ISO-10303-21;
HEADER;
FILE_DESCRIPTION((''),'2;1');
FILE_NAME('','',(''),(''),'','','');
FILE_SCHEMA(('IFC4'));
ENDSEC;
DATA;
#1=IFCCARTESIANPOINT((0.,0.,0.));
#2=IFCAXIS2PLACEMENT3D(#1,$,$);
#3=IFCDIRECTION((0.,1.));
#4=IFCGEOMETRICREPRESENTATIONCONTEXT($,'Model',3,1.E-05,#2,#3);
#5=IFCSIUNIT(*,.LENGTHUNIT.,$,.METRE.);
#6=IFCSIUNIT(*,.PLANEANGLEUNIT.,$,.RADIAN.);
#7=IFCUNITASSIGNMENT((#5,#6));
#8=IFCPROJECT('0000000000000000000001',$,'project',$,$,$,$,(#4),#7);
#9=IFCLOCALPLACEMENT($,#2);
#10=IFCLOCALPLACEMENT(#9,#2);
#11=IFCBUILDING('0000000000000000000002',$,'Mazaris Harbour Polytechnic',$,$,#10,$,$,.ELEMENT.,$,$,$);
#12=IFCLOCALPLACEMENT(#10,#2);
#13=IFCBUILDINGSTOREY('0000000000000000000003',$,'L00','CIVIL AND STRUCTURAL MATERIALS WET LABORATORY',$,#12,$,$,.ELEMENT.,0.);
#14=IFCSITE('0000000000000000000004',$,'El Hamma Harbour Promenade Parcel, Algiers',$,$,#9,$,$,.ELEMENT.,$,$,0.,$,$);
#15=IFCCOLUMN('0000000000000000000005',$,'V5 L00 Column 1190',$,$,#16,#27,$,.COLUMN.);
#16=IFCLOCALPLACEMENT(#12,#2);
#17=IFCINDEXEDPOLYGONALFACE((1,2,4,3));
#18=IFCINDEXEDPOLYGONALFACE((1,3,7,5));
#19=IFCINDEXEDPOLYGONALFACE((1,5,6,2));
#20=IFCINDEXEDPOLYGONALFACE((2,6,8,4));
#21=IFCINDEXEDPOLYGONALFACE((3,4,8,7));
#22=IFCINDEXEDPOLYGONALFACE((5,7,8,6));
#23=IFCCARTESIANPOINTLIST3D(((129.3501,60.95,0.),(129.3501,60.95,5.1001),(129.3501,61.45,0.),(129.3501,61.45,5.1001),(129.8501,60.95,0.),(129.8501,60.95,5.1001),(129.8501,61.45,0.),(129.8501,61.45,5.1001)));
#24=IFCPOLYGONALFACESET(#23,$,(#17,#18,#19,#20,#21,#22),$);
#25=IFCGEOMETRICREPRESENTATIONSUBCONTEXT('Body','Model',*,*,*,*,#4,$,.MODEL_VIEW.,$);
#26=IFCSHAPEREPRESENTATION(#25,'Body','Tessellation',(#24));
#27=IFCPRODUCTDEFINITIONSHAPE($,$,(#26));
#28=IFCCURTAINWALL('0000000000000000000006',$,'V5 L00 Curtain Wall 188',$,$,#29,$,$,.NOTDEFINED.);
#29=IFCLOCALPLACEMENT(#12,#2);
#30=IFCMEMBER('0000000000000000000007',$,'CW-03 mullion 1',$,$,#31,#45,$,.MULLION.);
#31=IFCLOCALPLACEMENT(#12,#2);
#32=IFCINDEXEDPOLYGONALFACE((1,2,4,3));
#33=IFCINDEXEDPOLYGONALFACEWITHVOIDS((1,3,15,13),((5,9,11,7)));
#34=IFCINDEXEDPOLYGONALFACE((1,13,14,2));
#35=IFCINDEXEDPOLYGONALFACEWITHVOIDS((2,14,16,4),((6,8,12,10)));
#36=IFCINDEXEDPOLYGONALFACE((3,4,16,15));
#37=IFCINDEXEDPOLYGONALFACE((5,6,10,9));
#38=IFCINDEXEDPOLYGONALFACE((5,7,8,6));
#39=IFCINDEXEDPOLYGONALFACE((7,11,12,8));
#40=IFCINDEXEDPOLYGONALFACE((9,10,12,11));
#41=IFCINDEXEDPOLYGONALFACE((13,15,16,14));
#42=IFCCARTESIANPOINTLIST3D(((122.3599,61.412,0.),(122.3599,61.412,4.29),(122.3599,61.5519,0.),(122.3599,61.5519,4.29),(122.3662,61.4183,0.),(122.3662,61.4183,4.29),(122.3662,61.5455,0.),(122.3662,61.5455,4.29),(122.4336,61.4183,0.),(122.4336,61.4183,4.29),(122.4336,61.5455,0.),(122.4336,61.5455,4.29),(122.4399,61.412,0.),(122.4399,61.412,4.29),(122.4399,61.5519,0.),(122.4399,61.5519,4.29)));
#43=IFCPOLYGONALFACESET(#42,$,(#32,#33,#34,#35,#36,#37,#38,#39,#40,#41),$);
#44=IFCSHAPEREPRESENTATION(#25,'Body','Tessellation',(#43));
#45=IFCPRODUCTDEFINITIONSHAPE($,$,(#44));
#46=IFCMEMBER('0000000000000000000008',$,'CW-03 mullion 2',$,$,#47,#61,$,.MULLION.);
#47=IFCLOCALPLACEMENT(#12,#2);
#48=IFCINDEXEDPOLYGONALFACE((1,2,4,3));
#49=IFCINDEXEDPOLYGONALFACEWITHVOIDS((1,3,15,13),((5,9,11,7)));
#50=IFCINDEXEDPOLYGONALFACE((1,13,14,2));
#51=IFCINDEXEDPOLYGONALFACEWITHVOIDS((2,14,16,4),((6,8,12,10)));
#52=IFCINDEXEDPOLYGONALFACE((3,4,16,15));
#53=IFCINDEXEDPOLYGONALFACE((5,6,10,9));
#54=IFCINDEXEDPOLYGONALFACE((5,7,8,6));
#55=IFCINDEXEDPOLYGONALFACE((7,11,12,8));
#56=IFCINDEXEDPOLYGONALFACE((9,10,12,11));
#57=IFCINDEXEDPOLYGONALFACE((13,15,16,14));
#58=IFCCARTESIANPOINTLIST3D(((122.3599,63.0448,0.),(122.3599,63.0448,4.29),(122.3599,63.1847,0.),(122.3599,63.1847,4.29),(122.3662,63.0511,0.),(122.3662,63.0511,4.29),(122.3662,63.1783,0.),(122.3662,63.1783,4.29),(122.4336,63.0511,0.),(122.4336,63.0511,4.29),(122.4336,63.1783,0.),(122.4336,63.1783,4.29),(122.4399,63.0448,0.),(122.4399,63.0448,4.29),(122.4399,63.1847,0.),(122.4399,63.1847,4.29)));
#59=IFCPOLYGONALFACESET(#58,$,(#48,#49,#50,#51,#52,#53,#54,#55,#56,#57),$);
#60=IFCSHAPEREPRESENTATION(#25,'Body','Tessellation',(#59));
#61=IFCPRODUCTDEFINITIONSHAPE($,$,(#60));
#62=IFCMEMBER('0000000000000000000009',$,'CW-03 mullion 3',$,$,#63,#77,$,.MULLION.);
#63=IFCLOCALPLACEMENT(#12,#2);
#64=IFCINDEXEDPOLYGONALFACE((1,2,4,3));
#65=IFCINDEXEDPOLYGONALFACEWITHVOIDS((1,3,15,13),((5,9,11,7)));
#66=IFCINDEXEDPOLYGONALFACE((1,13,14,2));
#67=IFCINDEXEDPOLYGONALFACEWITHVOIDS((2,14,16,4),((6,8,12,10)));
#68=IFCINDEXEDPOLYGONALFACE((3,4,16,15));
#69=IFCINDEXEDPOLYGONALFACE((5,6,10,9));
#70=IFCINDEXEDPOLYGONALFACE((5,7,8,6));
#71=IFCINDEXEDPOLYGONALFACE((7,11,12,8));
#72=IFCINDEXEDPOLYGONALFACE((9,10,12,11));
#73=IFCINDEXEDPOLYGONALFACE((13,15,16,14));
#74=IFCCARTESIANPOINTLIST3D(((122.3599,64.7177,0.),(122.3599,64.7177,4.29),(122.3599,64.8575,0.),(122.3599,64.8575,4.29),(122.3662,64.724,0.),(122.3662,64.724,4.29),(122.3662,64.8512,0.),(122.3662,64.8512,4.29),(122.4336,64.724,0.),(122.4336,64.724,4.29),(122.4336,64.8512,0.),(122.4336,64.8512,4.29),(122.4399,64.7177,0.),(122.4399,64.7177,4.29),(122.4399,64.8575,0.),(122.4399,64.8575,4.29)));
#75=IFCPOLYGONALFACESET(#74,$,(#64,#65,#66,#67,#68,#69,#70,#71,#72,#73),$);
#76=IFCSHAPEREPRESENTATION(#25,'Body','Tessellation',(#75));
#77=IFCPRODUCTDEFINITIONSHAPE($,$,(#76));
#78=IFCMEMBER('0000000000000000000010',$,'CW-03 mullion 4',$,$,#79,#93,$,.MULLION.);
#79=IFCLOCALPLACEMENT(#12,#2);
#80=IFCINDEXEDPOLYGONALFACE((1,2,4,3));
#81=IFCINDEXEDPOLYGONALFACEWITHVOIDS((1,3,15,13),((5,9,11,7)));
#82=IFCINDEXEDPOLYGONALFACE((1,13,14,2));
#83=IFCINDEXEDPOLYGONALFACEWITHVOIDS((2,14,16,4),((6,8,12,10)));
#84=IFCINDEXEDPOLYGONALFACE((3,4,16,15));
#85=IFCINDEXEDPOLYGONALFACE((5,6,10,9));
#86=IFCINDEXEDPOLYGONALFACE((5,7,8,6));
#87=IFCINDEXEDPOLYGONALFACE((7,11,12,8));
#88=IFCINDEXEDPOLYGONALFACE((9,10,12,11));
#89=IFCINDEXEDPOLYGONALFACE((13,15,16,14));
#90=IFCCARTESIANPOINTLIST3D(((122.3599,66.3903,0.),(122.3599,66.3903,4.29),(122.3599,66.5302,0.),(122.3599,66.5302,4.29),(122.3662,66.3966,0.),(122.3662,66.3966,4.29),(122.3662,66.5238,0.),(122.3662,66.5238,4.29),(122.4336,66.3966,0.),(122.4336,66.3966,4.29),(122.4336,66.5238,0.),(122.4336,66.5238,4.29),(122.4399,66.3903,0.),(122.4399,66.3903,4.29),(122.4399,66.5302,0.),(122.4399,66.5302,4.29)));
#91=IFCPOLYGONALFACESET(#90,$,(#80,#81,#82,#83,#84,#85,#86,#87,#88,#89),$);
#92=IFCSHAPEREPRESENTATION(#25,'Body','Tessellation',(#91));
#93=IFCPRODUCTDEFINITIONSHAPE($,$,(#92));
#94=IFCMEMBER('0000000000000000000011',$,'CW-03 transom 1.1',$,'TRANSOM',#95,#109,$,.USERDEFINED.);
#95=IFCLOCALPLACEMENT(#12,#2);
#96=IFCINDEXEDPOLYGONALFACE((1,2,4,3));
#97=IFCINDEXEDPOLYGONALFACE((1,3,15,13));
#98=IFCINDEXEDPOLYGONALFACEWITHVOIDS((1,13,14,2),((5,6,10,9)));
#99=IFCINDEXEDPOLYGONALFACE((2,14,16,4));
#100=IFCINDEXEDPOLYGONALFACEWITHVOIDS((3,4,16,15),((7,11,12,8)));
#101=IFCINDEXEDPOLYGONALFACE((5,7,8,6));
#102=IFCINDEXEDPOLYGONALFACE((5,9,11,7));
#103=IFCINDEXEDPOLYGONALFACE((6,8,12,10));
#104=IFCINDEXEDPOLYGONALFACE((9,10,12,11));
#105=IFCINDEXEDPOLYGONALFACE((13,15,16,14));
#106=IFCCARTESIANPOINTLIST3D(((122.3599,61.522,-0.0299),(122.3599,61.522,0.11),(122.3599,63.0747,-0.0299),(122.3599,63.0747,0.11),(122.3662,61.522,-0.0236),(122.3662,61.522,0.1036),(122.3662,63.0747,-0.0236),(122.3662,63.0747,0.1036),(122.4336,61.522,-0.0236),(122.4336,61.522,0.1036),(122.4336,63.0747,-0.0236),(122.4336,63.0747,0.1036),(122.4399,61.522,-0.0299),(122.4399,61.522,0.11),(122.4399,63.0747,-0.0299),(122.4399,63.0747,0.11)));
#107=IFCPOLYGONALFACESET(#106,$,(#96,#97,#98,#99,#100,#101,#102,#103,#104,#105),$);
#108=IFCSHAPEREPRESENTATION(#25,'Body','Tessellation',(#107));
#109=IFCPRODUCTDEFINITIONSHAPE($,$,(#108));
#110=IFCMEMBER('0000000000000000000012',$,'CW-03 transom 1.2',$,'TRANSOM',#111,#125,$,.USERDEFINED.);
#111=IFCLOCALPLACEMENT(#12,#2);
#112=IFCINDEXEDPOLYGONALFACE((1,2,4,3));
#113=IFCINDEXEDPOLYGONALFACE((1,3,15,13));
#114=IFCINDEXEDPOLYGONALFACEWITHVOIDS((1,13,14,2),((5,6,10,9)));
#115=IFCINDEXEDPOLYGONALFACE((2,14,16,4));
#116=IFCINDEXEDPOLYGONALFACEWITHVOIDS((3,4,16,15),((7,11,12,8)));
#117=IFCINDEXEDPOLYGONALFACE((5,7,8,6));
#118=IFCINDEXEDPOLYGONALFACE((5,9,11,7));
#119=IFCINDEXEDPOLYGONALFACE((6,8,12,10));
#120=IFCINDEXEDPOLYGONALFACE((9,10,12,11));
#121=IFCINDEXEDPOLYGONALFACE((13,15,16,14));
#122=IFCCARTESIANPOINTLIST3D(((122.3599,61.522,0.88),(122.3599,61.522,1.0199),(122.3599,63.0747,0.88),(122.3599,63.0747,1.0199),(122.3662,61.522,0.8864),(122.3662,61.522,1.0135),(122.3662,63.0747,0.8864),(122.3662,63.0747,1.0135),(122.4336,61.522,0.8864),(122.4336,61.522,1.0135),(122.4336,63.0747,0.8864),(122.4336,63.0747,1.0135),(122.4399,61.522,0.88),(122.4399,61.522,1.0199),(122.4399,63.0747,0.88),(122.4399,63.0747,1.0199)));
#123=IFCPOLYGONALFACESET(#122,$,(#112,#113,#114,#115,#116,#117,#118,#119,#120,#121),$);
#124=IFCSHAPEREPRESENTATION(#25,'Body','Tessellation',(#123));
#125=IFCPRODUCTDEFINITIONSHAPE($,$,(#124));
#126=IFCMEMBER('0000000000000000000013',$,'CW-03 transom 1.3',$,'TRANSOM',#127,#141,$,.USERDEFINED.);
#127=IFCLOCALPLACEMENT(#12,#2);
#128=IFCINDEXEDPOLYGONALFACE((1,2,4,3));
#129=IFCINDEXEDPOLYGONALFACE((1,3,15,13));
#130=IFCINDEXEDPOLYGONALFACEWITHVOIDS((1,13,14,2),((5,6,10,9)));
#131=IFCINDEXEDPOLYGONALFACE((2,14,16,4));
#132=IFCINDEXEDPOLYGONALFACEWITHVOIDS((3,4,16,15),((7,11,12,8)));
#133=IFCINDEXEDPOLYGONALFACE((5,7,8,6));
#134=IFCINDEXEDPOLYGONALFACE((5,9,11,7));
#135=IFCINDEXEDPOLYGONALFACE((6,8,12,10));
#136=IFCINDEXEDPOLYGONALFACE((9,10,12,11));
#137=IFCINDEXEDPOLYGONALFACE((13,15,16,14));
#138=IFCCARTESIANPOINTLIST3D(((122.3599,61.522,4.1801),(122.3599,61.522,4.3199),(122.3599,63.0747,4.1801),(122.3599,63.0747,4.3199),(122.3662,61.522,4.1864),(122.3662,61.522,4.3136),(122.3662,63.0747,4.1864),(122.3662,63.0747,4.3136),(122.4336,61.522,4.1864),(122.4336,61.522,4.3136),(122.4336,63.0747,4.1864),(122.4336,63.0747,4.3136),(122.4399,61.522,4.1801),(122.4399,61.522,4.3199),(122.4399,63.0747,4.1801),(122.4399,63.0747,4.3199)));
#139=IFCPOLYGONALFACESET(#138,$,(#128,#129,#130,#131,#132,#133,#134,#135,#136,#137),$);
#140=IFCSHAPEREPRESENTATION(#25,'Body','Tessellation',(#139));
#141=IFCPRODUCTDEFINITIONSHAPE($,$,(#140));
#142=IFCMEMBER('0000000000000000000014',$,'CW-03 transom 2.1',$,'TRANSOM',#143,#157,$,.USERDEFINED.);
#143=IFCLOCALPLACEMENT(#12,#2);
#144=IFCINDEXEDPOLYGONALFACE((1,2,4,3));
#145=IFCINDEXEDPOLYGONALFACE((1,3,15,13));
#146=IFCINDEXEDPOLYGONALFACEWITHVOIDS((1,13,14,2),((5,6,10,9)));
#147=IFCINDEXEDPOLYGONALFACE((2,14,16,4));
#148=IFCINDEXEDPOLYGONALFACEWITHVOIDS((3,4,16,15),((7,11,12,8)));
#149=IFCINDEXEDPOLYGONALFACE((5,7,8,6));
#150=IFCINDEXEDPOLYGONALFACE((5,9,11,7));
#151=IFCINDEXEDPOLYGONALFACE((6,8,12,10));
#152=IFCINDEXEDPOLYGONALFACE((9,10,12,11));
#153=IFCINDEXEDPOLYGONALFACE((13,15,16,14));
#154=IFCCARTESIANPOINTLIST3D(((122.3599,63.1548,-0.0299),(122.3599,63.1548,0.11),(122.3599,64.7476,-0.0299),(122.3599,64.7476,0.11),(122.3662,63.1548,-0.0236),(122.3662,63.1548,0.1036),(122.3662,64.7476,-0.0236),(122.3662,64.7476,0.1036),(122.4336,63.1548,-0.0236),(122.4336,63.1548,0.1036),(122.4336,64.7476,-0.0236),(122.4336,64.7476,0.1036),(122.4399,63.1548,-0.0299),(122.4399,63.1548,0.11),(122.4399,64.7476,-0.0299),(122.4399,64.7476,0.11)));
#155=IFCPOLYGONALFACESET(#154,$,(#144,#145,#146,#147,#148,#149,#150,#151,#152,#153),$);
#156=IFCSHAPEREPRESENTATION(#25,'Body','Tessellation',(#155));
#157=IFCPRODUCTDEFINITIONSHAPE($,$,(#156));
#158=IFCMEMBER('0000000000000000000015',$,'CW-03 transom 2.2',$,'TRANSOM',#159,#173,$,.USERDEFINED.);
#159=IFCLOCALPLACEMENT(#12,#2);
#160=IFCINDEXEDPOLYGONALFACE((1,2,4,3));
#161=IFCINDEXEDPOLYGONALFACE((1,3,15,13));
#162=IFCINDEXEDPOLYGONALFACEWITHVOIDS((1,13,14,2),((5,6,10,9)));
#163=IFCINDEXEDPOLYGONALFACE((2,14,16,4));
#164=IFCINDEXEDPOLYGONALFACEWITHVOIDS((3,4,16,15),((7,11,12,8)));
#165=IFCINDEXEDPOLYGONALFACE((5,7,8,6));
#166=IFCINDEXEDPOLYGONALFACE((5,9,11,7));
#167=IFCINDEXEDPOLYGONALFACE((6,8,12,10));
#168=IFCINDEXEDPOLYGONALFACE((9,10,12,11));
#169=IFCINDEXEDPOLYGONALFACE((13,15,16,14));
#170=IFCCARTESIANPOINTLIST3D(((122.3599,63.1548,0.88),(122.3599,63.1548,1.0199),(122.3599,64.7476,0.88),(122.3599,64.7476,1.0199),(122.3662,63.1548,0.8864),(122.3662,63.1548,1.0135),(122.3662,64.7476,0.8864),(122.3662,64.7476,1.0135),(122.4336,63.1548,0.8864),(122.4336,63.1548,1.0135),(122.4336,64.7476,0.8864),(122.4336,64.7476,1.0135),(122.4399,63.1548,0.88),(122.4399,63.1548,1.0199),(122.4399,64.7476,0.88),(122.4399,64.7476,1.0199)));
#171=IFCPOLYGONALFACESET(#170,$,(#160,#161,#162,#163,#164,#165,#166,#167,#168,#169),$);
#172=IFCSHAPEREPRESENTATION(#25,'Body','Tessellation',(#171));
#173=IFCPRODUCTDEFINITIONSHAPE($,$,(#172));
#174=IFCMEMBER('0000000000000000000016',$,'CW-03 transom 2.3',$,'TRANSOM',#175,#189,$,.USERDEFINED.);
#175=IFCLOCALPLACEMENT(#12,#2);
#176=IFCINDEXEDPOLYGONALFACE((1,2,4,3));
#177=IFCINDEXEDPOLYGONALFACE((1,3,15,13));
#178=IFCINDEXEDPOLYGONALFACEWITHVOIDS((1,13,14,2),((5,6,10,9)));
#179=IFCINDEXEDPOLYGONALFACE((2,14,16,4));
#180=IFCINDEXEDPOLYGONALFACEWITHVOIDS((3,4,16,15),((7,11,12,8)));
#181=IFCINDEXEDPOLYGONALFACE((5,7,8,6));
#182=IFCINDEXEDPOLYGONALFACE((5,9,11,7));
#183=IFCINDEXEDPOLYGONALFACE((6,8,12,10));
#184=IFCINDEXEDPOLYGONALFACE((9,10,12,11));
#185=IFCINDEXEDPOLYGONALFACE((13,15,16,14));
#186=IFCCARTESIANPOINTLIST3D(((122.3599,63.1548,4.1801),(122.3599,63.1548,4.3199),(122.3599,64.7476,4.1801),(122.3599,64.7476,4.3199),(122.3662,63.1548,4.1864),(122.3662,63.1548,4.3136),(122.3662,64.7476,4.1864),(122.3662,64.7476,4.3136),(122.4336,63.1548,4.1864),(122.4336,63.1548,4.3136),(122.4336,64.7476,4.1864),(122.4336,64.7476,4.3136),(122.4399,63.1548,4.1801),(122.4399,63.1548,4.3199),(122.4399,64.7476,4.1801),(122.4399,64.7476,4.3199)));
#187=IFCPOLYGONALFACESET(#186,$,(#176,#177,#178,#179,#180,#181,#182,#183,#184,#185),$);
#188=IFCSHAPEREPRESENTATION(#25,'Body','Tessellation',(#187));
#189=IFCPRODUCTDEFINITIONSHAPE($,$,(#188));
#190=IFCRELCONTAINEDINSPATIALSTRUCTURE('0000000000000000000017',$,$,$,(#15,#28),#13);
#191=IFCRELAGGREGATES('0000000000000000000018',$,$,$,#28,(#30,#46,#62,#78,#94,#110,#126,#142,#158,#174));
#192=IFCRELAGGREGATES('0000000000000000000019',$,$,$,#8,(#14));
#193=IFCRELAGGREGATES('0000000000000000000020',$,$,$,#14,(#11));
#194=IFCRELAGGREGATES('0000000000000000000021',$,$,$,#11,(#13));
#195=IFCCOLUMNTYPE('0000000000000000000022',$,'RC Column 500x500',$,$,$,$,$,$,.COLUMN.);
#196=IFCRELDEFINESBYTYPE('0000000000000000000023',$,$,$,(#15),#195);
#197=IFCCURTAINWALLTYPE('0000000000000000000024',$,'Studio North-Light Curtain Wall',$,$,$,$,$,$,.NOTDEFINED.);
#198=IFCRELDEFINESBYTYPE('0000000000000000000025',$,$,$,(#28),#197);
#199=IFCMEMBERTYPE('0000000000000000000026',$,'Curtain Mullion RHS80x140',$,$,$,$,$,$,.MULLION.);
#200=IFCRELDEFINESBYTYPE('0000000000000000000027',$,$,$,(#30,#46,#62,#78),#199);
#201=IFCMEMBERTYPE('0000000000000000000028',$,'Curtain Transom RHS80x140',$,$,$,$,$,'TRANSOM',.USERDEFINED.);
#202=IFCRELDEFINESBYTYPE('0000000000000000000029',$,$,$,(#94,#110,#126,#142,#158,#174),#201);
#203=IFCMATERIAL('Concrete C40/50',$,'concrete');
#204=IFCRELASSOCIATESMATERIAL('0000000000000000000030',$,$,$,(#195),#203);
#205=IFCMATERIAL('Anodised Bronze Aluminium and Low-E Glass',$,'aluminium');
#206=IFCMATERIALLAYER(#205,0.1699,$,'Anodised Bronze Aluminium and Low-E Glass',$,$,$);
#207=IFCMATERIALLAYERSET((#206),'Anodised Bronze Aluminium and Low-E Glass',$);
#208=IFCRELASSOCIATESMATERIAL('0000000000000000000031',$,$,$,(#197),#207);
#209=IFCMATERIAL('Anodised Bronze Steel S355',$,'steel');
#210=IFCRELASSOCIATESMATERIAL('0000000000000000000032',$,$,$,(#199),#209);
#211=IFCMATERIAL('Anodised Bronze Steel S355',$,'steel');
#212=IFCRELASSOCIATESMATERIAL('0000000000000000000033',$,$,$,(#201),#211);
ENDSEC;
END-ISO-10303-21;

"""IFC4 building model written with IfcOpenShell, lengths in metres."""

from ifc_helpers import new_model, si_unit, direction, frame, origin, origin_2d, place, context, subcontext, project, spatial, rectangle, hollow_rectangle, extrude, material, layer, layer_set, material_profile, profile_set, type_object, element, aggregate, save


model = new_model("IFC4")

# Units and contexts
model_context = context("Model", 3, precision=1e-05, world=origin(), true_north=direction((0.0, 1.0)))
body_context = subcontext(model_context, "Body", "Model", "MODEL_VIEW")
ifc_project = project(units=[si_unit("LENGTHUNIT", "METRE"), si_unit("PLANEANGLEUNIT", "RADIAN")], contexts=[model_context])

# Site, building, storey
site_placement = place(None, origin())
site = spatial("IfcSite", under=ifc_project, at=site_placement, Name="El Hamma Harbour Promenade Parcel, Algiers", CompositionType="ELEMENT", RefElevation=0.0)
building_placement = place(site_placement, origin())
building = spatial("IfcBuilding", under=site, at=building_placement, Name="Mazaris Harbour Polytechnic", CompositionType="ELEMENT")
storey_placement = place(building_placement, origin())
storey = spatial("IfcBuildingStorey", under=building, at=storey_placement, Name="L00", Description="CIVIL AND STRUCTURAL MATERIALS WET LABORATORY", CompositionType="ELEMENT", Elevation=0.0)

# Column
ifc_material_1 = material(Name="Concrete C40/50", Category="concrete")
ifc_material_profile_1 = material_profile(ifc_material_1, rectangle(XDim=0.5, YDim=0.5, at=origin_2d()), Name="RECT500x500")
ifc_profile_set_1 = profile_set([ifc_material_profile_1], Name="Concrete C40/50")
column_type = type_object("IfcColumnType", Name="RC Column 500x500", PredefinedType="COLUMN", material=ifc_profile_set_1)
column_placement = place(storey_placement, frame((129.6001, 61.2, 0.0), z_axis=(0.0, 0.0, 1.0), x_axis=(1.0, 0.0, 0.0)))
element("IfcColumn", 1, at=column_placement, inside=storey, type_object=column_type, Name="V5 L00 Column 1190", PredefinedType="COLUMN", context=body_context, shape_type="SweptSolid", body=[
    extrude(rectangle(XDim=0.5, YDim=0.5, at=origin_2d()), origin(), (0.0, 0.0, 1.0), 5.1001),
])

# Curtain wall, members
ifc_material_2 = material(Name="Anodised Bronze Aluminium and Low-E Glass", Category="aluminium")
ifc_layer_1 = layer(ifc_material_2, 0.1699, Name="Anodised Bronze Aluminium and Low-E Glass")
ifc_layer_set_1 = layer_set([ifc_layer_1], Name="Anodised Bronze Aluminium and Low-E Glass")
curtain_wall_type = type_object("IfcCurtainWallType", Name="Studio North-Light Curtain Wall", PredefinedType="NOTDEFINED", material=ifc_layer_set_1)
curtain_wall_placement = place(storey_placement, origin())
curtain_wall = element("IfcCurtainWall", 2, at=curtain_wall_placement, inside=storey, type_object=curtain_wall_type, Name="V5 L00 Curtain Wall 188", PredefinedType="NOTDEFINED")
ifc_material_3 = material(Name="Anodised Bronze Steel S355", Category="steel")
ifc_material_profile_2 = material_profile(ifc_material_3, hollow_rectangle(XDim=0.0801, YDim=0.1399, WallThickness=0.0063, at=origin_2d()), Name="RHS 80x140x6.3")
ifc_profile_set_2 = profile_set([ifc_material_profile_2], Name="Anodised Bronze Steel S355")
member_type_1 = type_object("IfcMemberType", Name="Curtain Mullion RHS80x140", PredefinedType="MULLION", material=ifc_profile_set_2)
member_1_placement = place(storey_placement, frame((122.3999, 61.4819, 0.0), z_axis=(0.0, 0.0, 1.0), x_axis=(-1.0, 0.0, 0.0)))
member_1 = element("IfcMember", 3, at=member_1_placement, type_object=member_type_1, Name="CW-03 mullion 1", PredefinedType="MULLION", context=body_context, shape_type="SweptSolid", body=[
    extrude(hollow_rectangle(XDim=0.0801, YDim=0.1399, WallThickness=0.0063, at=origin_2d()), origin(), (0.0, 0.0, 1.0), 4.29),
])
member_2_placement = place(storey_placement, frame((122.3999, 63.1147, 0.0), z_axis=(0.0, 0.0, 1.0), x_axis=(-1.0, 0.0, 0.0)))
member_2 = element("IfcMember", 4, at=member_2_placement, type_object=member_type_1, Name="CW-03 mullion 2", PredefinedType="MULLION", context=body_context, shape_type="SweptSolid", body=[
    extrude(hollow_rectangle(XDim=0.0801, YDim=0.1399, WallThickness=0.0063, at=origin_2d()), origin(), (0.0, 0.0, 1.0), 4.29),
])
member_3_placement = place(storey_placement, frame((122.3999, 64.7876, 0.0), z_axis=(0.0, 0.0, 1.0), x_axis=(-1.0, 0.0, 0.0)))
member_3 = element("IfcMember", 5, at=member_3_placement, type_object=member_type_1, Name="CW-03 mullion 3", PredefinedType="MULLION", context=body_context, shape_type="SweptSolid", body=[
    extrude(hollow_rectangle(XDim=0.0801, YDim=0.1399, WallThickness=0.0063, at=origin_2d()), origin(), (0.0, 0.0, 1.0), 4.29),
])
member_4_placement = place(storey_placement, frame((122.3999, 66.4602, 0.0), z_axis=(0.0, 0.0, 1.0), x_axis=(-1.0, 0.0, 0.0)))
member_4 = element("IfcMember", 6, at=member_4_placement, type_object=member_type_1, Name="CW-03 mullion 4", PredefinedType="MULLION", context=body_context, shape_type="SweptSolid", body=[
    extrude(hollow_rectangle(XDim=0.0801, YDim=0.1399, WallThickness=0.0063, at=origin_2d()), origin(), (0.0, 0.0, 1.0), 4.29),
])
ifc_material_4 = material(Name="Anodised Bronze Steel S355", Category="steel")
ifc_material_profile_3 = material_profile(ifc_material_4, hollow_rectangle(XDim=0.0801, YDim=0.1399, WallThickness=0.0063, at=origin_2d()), Name="RHS 80x140x6.3")
ifc_profile_set_3 = profile_set([ifc_material_profile_3], Name="Anodised Bronze Steel S355")
member_type_2 = type_object("IfcMemberType", Name="Curtain Transom RHS80x140", ElementType="TRANSOM", PredefinedType="USERDEFINED", material=ifc_profile_set_3)
member_5_placement = place(storey_placement, frame((122.3999, 61.522, 0.04), z_axis=(0.0, 1.0, 0.0), x_axis=(-1.0, 0.0, 0.0)))
member_5 = element("IfcMember", 7, at=member_5_placement, type_object=member_type_2, Name="CW-03 transom 1.1", ObjectType="TRANSOM", PredefinedType="USERDEFINED", context=body_context, shape_type="SweptSolid", body=[
    extrude(hollow_rectangle(XDim=0.0801, YDim=0.1399, WallThickness=0.0063, at=origin_2d()), origin(), (0.0, 0.0, 1.0), 1.5527),
])
member_6_placement = place(storey_placement, frame((122.3999, 61.522, 0.95), z_axis=(0.0, 1.0, 0.0), x_axis=(-1.0, 0.0, 0.0)))
member_6 = element("IfcMember", 8, at=member_6_placement, type_object=member_type_2, Name="CW-03 transom 1.2", ObjectType="TRANSOM", PredefinedType="USERDEFINED", context=body_context, shape_type="SweptSolid", body=[
    extrude(hollow_rectangle(XDim=0.0801, YDim=0.1399, WallThickness=0.0063, at=origin_2d()), origin(), (0.0, 0.0, 1.0), 1.5527),
])
member_7_placement = place(storey_placement, frame((122.3999, 61.522, 4.25), z_axis=(0.0, 1.0, 0.0), x_axis=(-1.0, 0.0, 0.0)))
member_7 = element("IfcMember", 9, at=member_7_placement, type_object=member_type_2, Name="CW-03 transom 1.3", ObjectType="TRANSOM", PredefinedType="USERDEFINED", context=body_context, shape_type="SweptSolid", body=[
    extrude(hollow_rectangle(XDim=0.0801, YDim=0.1399, WallThickness=0.0063, at=origin_2d()), origin(), (0.0, 0.0, 1.0), 1.5527),
])
member_8_placement = place(storey_placement, frame((122.3999, 63.1548, 0.04), z_axis=(0.0, 1.0, 0.0), x_axis=(-1.0, 0.0, 0.0)))
member_8 = element("IfcMember", 10, at=member_8_placement, type_object=member_type_2, Name="CW-03 transom 2.1", ObjectType="TRANSOM", PredefinedType="USERDEFINED", context=body_context, shape_type="SweptSolid", body=[
    extrude(hollow_rectangle(XDim=0.0801, YDim=0.1399, WallThickness=0.0063, at=origin_2d()), origin(), (0.0, 0.0, 1.0), 1.5928),
])
member_9_placement = place(storey_placement, frame((122.3999, 63.1548, 0.95), z_axis=(0.0, 1.0, 0.0), x_axis=(-1.0, 0.0, 0.0)))
member_9 = element("IfcMember", 11, at=member_9_placement, type_object=member_type_2, Name="CW-03 transom 2.2", ObjectType="TRANSOM", PredefinedType="USERDEFINED", context=body_context, shape_type="SweptSolid", body=[
    extrude(hollow_rectangle(XDim=0.0801, YDim=0.1399, WallThickness=0.0063, at=origin_2d()), origin(), (0.0, 0.0, 1.0), 1.5928),
])
member_10_placement = place(storey_placement, frame((122.3999, 63.1548, 4.25), z_axis=(0.0, 1.0, 0.0), x_axis=(-1.0, 0.0, 0.0)))
member_10 = element("IfcMember", 12, at=member_10_placement, type_object=member_type_2, Name="CW-03 transom 2.3", ObjectType="TRANSOM", PredefinedType="USERDEFINED", context=body_context, shape_type="SweptSolid", body=[
    extrude(hollow_rectangle(XDim=0.0801, YDim=0.1399, WallThickness=0.0063, at=origin_2d()), origin(), (0.0, 0.0, 1.0), 1.5928),
])

aggregate(curtain_wall, [member_1, member_2, member_3, member_4, member_5, member_6, member_7, member_8, member_9, member_10])

save(model, "model.ifc")
